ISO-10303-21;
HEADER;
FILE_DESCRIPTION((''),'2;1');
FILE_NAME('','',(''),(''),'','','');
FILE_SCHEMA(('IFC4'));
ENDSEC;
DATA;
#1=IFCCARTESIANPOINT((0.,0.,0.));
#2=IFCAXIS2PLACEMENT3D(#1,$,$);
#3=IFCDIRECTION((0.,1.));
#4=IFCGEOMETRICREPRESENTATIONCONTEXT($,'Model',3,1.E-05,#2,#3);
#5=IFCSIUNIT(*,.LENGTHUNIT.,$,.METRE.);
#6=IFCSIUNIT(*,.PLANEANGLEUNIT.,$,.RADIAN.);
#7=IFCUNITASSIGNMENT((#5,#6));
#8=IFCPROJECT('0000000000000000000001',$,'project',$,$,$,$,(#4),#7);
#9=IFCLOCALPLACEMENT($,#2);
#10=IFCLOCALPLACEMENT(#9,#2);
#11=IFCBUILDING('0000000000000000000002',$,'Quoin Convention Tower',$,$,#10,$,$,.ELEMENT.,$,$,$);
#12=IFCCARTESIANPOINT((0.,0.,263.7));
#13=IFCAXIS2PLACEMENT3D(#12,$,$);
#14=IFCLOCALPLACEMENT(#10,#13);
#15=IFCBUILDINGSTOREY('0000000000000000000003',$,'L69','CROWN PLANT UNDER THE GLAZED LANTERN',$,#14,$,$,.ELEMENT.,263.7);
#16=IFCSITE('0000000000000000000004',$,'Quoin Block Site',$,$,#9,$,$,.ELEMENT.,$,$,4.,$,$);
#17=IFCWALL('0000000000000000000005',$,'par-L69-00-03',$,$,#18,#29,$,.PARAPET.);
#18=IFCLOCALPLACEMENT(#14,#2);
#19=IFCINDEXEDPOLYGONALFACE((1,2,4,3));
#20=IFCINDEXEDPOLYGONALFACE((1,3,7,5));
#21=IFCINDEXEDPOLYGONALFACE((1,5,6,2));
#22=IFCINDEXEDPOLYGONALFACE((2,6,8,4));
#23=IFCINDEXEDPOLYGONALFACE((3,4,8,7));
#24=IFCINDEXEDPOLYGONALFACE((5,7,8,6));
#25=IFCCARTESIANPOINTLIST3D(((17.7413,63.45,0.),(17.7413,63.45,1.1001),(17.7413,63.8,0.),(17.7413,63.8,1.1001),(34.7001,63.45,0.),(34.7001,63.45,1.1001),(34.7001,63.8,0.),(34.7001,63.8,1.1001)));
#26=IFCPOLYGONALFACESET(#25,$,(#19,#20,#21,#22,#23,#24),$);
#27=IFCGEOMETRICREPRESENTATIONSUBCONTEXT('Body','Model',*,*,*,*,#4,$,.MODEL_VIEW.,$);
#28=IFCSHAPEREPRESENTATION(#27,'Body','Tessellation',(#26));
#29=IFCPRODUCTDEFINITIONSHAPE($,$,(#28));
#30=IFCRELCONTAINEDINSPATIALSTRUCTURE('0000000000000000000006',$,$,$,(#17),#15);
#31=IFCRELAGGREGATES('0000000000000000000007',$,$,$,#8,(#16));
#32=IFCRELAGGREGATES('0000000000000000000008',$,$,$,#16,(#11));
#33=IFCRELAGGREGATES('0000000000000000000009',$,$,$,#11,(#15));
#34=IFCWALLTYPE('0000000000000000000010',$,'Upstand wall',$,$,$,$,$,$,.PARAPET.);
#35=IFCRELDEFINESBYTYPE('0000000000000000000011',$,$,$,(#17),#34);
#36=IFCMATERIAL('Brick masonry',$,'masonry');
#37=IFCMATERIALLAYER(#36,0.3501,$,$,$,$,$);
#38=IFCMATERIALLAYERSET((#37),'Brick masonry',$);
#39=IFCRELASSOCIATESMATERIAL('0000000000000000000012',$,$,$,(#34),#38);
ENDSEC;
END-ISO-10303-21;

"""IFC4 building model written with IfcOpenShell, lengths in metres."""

from ifc_helpers import new_model, si_unit, direction, frame, frame_2d, origin, place, context, subcontext, project, spatial, rectangle, extrude, material, layer, layer_set, type_object, element, save


model = new_model("IFC4")

# Units and contexts
model_context = context("Model", 3, precision=1e-05, world=origin(), true_north=direction((0.0, 1.0)))
body_context = subcontext(model_context, "Body", "Model", "MODEL_VIEW")
ifc_project = project(units=[si_unit("LENGTHUNIT", "METRE"), si_unit("PLANEANGLEUNIT", "RADIAN")], contexts=[model_context])

# Site, building, storey
site_placement = place(None, origin())
site = spatial("IfcSite", under=ifc_project, at=site_placement, Name="Quoin Block Site", CompositionType="ELEMENT", RefElevation=4.0)
building_placement = place(site_placement, origin())
building = spatial("IfcBuilding", under=site, at=building_placement, Name="Quoin Convention Tower", CompositionType="ELEMENT")
storey_placement = place(building_placement, frame((0.0, 0.0, 263.7)))
storey = spatial("IfcBuildingStorey", under=building, at=storey_placement, Name="L69", Description="CROWN PLANT UNDER THE GLAZED LANTERN", CompositionType="ELEMENT", Elevation=263.7)

# Wall
ifc_material_1 = material(Name="Brick masonry", Category="masonry")
ifc_layer_1 = layer(ifc_material_1, 0.3501)
ifc_layer_set_1 = layer_set([ifc_layer_1], Name="Brick masonry")
wall_type = type_object("IfcWallType", Name="Upstand wall", PredefinedType="PARAPET", material=ifc_layer_set_1)
wall_placement = place(storey_placement, frame((17.7412, 63.625, 0.0), z_axis=(0.0, 0.0, 1.0), x_axis=(1.0, 0.0, 0.0)))
element("IfcWall", 1, at=wall_placement, inside=storey, type_object=wall_type, Name="par-L69-00-03", PredefinedType="PARAPET", context=body_context, shape_type="SweptSolid", body=[
    extrude(rectangle(XDim=16.9587, YDim=0.3501, at=frame_2d((8.4795, 0.0))), origin(), (0.0, 0.0, 1.0), 1.1001),
])

save(model, "model.ifc")
